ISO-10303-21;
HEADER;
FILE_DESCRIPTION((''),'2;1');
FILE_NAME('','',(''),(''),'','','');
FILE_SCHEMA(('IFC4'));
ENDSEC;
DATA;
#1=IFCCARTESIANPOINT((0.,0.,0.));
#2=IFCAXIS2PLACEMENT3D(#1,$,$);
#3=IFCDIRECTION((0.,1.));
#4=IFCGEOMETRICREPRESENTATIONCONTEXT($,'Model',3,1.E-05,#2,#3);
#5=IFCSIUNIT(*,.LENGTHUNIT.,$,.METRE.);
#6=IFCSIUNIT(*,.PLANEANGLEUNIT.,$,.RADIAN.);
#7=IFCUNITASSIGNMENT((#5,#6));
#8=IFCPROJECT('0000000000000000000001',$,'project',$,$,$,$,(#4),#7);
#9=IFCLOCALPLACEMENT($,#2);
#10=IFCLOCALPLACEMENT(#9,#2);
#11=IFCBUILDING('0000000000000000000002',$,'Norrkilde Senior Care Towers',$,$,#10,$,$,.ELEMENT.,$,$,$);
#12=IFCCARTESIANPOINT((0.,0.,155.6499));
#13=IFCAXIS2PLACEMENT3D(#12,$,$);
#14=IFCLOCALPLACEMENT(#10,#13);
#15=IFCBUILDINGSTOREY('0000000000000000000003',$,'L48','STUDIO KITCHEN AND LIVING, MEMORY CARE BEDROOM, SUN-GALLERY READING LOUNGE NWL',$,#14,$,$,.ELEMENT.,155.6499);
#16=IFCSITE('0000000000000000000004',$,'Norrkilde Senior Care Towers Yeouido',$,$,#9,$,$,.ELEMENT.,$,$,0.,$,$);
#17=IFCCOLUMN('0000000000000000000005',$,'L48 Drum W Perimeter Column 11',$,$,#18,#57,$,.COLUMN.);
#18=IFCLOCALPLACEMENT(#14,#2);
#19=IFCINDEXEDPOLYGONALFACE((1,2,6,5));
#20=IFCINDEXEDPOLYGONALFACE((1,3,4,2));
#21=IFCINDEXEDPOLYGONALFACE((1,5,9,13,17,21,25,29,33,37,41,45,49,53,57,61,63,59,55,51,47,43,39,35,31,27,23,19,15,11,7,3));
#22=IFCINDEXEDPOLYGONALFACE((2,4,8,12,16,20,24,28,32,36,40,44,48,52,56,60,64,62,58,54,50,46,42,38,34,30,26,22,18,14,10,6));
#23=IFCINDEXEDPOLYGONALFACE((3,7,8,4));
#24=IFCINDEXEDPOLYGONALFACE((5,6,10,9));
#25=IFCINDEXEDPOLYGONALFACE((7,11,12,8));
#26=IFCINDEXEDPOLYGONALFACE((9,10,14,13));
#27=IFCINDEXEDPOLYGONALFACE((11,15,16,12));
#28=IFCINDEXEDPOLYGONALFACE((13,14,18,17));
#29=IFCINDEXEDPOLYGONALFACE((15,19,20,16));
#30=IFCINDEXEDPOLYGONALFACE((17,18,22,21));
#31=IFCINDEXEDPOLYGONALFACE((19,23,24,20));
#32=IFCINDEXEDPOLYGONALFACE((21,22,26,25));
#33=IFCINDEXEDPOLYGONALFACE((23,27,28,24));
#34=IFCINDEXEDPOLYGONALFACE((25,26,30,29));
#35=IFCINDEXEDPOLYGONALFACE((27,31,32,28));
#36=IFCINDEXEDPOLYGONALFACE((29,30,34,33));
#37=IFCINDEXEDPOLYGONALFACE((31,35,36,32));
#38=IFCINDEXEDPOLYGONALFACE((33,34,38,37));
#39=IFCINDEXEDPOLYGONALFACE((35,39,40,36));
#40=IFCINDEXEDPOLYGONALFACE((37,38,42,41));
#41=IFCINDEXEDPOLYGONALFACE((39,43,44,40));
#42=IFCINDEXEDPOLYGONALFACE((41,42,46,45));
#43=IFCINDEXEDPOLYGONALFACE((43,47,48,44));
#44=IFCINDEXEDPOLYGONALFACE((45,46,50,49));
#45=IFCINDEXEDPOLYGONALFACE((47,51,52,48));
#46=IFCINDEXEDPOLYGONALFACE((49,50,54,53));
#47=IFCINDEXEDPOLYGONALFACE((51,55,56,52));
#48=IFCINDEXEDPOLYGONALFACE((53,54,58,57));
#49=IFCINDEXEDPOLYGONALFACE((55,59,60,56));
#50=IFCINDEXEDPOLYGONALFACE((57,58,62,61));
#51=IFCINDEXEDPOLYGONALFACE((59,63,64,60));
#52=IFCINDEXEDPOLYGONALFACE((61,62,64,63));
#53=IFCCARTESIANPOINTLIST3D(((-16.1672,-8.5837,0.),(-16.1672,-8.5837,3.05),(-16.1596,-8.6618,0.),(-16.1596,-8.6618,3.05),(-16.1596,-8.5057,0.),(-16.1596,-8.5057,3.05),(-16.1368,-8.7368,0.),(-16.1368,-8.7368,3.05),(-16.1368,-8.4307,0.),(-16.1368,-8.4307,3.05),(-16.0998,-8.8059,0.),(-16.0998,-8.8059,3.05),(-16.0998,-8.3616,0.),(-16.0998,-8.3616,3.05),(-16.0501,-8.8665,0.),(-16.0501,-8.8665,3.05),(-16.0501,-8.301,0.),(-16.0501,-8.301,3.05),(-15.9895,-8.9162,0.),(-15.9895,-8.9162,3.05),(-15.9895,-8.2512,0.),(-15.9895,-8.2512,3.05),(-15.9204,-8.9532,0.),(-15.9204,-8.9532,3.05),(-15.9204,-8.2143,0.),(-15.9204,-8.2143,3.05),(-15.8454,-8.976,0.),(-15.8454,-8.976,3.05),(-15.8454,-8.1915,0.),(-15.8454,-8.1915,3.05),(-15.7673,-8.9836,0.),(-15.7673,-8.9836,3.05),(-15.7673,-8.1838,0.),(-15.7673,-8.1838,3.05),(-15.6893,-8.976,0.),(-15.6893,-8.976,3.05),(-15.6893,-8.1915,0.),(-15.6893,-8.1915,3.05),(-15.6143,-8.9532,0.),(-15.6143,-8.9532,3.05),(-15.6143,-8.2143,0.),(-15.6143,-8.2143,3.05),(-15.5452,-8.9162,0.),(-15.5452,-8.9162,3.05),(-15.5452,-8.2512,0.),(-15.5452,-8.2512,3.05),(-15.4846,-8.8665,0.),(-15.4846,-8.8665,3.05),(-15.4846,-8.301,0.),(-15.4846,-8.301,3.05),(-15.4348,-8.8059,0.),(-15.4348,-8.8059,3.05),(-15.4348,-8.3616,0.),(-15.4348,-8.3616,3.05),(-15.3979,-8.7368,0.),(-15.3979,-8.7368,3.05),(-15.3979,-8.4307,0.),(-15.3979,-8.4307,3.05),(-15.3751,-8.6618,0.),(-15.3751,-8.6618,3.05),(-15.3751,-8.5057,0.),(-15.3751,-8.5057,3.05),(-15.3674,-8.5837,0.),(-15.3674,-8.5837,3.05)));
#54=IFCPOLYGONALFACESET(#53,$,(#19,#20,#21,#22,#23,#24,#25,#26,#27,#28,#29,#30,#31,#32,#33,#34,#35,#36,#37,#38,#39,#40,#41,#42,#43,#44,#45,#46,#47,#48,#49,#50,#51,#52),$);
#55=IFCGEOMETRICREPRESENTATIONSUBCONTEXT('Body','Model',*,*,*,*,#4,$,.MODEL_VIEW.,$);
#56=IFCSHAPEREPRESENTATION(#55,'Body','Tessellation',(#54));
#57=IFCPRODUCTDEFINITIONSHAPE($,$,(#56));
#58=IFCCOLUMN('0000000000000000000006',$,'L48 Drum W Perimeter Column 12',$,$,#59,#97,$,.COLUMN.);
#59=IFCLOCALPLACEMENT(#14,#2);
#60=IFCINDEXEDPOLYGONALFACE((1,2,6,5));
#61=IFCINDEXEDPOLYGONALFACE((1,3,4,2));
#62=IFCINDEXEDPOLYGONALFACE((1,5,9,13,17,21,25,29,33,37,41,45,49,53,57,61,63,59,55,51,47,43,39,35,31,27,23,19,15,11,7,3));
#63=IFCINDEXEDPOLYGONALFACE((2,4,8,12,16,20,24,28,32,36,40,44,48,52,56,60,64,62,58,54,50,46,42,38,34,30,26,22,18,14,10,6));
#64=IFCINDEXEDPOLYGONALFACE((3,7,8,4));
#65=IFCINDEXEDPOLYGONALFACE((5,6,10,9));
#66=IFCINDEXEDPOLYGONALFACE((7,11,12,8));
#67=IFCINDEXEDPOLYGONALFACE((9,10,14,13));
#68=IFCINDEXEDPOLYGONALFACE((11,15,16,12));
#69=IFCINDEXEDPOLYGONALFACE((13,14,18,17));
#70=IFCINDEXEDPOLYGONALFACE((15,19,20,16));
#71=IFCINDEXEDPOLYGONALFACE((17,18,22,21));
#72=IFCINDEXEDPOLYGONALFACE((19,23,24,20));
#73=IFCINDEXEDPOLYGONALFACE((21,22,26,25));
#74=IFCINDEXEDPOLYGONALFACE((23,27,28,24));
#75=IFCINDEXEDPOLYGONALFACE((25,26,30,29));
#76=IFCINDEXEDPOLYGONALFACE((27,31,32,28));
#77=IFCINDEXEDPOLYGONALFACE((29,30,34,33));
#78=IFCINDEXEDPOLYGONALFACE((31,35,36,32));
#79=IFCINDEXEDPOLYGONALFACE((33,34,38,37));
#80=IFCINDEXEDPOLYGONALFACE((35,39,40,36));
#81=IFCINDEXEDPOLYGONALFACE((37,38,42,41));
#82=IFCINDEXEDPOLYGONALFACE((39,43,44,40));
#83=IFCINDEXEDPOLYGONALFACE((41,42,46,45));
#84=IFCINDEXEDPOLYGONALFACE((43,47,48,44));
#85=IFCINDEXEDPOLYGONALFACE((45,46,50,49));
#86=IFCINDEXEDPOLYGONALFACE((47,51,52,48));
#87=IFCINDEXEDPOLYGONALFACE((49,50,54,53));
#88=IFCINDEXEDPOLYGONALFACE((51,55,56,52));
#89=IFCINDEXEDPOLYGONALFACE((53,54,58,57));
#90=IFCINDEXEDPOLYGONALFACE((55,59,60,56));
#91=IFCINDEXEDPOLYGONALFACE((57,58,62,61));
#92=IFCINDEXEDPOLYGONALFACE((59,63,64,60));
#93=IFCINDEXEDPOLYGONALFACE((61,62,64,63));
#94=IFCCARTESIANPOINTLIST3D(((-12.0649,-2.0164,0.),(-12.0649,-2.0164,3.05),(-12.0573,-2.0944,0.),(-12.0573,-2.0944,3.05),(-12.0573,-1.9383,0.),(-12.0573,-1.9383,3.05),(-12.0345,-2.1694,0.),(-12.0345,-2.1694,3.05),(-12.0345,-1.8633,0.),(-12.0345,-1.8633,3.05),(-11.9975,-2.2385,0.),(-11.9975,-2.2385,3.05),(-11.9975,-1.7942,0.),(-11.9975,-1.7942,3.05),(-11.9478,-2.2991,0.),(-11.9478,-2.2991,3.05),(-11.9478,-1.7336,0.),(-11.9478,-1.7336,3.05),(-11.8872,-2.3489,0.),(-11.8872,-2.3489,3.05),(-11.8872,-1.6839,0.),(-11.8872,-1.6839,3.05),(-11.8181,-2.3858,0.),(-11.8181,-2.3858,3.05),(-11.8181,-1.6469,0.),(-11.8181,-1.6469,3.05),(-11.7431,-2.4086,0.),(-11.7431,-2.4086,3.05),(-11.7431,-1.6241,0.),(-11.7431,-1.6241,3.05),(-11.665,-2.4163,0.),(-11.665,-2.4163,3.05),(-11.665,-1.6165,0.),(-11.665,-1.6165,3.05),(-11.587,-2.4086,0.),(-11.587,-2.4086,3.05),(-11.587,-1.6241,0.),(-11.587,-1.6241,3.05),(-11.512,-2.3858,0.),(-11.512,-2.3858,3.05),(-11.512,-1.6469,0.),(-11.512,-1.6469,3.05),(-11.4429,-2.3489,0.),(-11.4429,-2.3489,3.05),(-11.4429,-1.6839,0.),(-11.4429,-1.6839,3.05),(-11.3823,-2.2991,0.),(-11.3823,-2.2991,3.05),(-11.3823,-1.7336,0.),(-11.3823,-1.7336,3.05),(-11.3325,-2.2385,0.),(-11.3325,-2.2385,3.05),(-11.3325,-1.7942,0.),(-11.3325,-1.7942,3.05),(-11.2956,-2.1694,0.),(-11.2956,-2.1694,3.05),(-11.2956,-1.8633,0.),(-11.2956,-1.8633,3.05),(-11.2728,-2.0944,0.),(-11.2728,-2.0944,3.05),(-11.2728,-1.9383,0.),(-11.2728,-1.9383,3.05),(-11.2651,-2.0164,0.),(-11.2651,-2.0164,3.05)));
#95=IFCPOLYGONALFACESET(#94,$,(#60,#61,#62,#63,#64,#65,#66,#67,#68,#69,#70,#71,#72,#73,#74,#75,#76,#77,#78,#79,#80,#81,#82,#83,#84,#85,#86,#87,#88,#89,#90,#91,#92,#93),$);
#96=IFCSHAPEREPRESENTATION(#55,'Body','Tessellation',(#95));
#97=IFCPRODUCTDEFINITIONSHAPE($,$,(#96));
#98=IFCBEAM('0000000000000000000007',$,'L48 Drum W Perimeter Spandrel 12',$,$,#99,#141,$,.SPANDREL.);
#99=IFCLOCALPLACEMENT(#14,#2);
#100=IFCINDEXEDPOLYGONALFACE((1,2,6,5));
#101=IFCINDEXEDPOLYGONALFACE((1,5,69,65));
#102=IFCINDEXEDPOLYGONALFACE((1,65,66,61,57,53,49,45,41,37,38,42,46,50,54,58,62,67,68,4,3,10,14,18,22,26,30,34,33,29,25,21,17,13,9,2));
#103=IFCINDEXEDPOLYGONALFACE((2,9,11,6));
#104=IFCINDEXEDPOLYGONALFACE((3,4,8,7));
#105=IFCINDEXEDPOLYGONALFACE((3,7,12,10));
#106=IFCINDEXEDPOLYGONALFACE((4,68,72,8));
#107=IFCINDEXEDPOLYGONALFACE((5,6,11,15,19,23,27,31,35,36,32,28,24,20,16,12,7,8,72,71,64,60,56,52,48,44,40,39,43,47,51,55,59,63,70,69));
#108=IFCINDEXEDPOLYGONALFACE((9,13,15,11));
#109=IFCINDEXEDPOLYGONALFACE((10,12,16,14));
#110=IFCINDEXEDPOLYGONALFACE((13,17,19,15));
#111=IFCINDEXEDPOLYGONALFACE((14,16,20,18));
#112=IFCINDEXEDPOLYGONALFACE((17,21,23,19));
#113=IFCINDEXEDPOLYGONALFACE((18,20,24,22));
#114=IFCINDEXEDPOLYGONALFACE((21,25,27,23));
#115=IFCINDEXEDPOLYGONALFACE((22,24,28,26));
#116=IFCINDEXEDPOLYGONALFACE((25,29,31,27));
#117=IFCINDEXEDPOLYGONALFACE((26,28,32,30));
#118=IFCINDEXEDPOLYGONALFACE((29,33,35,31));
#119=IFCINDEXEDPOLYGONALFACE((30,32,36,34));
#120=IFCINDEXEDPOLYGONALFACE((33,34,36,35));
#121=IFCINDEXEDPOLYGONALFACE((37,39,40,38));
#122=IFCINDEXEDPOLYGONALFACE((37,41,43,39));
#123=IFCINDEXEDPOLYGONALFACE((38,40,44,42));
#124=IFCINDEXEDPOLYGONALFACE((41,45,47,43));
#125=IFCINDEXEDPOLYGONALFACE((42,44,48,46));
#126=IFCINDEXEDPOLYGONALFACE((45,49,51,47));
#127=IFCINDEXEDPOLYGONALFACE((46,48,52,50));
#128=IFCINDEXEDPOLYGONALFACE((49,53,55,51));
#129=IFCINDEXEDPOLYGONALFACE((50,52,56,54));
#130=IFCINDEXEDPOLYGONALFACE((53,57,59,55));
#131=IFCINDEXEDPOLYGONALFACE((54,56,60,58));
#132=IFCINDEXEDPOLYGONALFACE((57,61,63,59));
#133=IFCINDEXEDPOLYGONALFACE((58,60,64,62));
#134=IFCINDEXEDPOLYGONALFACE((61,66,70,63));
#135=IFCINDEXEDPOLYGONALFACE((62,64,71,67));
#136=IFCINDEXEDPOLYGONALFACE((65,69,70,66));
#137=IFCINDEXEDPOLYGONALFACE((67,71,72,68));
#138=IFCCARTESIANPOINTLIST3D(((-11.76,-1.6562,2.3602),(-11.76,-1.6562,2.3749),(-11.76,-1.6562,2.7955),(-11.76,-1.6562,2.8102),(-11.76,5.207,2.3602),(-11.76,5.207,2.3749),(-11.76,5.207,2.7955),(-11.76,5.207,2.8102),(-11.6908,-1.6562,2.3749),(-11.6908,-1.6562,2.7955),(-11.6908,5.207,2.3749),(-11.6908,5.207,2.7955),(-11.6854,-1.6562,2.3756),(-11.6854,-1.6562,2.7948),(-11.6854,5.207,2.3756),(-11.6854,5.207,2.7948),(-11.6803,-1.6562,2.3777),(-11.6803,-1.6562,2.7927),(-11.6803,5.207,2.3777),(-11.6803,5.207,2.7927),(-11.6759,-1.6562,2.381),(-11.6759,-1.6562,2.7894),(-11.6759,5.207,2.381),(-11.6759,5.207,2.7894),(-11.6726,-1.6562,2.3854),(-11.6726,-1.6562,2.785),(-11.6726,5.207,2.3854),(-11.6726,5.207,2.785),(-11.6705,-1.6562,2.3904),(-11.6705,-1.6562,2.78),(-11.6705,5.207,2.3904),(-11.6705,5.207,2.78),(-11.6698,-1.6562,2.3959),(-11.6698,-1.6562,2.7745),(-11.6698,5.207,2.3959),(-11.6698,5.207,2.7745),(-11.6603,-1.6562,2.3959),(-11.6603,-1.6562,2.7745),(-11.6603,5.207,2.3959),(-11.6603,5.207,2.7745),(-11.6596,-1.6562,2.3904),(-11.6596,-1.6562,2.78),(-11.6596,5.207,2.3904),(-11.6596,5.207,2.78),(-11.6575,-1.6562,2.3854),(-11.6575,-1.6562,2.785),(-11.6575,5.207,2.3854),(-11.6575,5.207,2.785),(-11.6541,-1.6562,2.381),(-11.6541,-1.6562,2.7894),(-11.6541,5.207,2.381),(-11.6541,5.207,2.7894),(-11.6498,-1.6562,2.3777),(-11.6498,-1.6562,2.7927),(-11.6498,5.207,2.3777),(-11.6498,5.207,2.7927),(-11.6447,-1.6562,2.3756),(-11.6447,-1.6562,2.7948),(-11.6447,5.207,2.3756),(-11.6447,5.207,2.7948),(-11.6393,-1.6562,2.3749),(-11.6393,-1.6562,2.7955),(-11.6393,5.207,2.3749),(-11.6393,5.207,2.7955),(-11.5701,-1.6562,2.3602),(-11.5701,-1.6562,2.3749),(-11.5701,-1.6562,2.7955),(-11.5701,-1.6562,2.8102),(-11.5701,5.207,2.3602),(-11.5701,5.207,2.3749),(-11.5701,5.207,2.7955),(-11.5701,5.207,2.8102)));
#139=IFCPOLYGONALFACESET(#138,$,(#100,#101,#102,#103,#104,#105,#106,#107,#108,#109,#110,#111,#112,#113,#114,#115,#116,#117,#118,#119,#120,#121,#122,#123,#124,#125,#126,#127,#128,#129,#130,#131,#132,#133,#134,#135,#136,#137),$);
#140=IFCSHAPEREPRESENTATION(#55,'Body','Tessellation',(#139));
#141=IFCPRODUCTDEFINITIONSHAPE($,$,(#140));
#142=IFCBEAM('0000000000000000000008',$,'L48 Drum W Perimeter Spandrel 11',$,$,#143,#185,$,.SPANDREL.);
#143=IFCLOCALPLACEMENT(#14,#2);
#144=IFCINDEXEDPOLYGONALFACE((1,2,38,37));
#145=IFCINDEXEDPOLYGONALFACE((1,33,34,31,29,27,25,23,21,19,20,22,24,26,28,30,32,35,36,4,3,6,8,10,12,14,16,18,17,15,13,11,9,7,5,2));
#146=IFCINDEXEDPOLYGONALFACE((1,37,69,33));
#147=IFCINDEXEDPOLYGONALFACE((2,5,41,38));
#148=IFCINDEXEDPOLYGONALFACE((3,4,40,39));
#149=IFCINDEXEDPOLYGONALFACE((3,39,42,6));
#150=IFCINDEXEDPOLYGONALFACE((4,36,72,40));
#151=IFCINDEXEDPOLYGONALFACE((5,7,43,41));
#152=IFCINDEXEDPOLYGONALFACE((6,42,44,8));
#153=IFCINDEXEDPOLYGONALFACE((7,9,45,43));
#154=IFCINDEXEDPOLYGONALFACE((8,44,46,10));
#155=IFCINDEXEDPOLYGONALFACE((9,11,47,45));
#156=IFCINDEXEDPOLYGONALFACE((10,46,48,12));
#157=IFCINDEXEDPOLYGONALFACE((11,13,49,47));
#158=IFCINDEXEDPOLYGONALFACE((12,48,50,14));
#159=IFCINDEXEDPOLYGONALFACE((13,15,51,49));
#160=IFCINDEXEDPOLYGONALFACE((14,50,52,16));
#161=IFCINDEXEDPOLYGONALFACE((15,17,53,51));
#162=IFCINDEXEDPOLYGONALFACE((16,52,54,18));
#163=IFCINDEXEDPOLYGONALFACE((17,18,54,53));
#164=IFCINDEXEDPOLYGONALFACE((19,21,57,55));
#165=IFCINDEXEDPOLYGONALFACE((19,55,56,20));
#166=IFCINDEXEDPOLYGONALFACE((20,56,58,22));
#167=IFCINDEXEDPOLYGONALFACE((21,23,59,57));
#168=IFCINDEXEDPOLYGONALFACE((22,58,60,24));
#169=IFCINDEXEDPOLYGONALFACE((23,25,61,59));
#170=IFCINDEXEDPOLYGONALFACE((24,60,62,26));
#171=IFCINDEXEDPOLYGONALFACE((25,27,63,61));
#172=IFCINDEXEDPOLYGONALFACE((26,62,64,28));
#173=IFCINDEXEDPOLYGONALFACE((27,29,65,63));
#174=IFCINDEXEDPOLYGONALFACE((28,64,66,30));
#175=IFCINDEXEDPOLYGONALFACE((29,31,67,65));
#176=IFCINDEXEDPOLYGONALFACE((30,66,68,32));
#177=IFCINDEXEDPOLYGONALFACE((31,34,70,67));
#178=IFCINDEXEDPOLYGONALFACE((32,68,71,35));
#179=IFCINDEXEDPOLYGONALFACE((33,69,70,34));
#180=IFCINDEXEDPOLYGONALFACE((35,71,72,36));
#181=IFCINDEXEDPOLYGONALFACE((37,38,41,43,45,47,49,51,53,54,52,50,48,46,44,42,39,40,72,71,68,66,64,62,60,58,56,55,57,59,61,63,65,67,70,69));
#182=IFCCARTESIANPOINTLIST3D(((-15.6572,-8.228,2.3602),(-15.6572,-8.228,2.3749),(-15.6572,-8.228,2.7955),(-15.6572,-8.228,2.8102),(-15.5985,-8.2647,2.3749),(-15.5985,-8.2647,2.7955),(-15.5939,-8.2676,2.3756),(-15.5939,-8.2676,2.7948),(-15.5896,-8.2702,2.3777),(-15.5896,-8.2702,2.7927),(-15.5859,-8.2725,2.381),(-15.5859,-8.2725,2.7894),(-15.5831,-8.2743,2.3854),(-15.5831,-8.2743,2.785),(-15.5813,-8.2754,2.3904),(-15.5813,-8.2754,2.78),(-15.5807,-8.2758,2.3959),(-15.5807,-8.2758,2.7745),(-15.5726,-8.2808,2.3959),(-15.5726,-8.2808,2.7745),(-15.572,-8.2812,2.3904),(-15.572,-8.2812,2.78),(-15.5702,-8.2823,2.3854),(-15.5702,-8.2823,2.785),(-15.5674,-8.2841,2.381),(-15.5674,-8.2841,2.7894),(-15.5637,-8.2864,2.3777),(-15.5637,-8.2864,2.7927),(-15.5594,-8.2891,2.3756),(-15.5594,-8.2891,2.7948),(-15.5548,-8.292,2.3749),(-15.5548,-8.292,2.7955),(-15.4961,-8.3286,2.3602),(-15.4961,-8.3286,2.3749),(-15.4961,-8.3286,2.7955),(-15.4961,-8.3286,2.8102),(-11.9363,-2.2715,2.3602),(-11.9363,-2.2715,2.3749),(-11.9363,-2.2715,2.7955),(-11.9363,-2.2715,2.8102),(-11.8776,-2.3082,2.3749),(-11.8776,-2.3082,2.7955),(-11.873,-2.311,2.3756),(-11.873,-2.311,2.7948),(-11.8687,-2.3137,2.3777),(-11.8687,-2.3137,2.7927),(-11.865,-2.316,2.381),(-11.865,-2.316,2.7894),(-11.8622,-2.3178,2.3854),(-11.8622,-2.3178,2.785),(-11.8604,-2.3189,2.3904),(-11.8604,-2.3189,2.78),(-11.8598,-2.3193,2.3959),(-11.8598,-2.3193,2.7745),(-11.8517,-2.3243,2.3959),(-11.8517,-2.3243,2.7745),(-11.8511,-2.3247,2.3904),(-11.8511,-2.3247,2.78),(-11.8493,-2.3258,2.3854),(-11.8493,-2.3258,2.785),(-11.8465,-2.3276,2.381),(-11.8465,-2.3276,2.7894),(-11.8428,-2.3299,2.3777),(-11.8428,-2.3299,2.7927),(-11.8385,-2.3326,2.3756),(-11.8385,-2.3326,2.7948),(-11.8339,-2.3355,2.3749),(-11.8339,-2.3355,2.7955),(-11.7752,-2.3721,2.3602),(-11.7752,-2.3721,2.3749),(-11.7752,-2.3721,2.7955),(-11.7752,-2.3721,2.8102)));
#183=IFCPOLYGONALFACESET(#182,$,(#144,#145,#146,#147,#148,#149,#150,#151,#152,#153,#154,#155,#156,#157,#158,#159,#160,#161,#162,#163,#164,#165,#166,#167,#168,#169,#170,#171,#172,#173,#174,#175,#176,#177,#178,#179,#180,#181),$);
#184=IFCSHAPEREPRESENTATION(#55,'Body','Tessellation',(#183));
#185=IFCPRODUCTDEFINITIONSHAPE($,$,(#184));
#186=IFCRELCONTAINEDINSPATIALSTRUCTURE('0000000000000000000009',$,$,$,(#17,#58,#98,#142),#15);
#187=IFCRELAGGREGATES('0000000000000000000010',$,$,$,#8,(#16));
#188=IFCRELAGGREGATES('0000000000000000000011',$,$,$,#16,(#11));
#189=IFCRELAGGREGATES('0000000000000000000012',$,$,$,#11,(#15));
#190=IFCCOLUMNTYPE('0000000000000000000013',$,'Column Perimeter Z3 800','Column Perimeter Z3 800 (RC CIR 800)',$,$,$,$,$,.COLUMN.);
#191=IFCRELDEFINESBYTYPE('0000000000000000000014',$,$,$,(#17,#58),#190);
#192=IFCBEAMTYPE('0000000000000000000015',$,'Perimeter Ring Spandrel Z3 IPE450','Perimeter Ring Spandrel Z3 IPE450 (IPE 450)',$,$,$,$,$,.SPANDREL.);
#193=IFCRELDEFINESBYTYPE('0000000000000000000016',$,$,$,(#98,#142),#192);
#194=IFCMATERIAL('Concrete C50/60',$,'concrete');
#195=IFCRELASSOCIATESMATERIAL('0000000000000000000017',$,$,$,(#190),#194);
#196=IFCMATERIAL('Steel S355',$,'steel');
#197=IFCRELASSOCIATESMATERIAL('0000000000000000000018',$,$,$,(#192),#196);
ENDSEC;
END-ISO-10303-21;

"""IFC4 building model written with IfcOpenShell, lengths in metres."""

from ifc_helpers import new_model, si_unit, direction, frame, origin, origin_2d, place, context, subcontext, project, spatial, circle, i_section, extrude, source, transform, mapped, material, material_profile, profile_set, type_object, type_shapes, element, save


model = new_model("IFC4")

# Units and contexts
model_context = context("Model", 3, precision=1e-05, world=origin(), true_north=direction((0.0, 1.0)))
body_context = subcontext(model_context, "Body", "Model", "MODEL_VIEW")
ifc_project = project(units=[si_unit("LENGTHUNIT", "METRE"), si_unit("PLANEANGLEUNIT", "RADIAN")], contexts=[model_context])

# Site, building, storey
site_placement = place(None, origin())
site = spatial("IfcSite", under=ifc_project, at=site_placement, Name="Norrkilde Senior Care Towers Yeouido", CompositionType="ELEMENT", RefElevation=0.0)
building_placement = place(site_placement, origin())
building = spatial("IfcBuilding", under=site, at=building_placement, Name="Norrkilde Senior Care Towers", CompositionType="ELEMENT")
storey_placement = place(building_placement, frame((0.0, 0.0, 155.6499)))
storey = spatial("IfcBuildingStorey", under=building, at=storey_placement, Name="L48", Description="STUDIO KITCHEN AND LIVING, MEMORY CARE BEDROOM, SUN-GALLERY READING LOUNGE NWL", CompositionType="ELEMENT", Elevation=155.6499)

# Columns
ifc_material_1 = material(Name="Concrete C50/60", Category="concrete")
ifc_material_profile_1 = material_profile(ifc_material_1, circle(Radius=0.3999, at=origin_2d()), Name="RC CIR 800")
ifc_profile_set_1 = profile_set([ifc_material_profile_1], Name="Concrete C50/60")
column_type = type_object("IfcColumnType", Name="Column Perimeter Z3 800", Description="Column Perimeter Z3 800 (RC CIR 800)", PredefinedType="COLUMN", material=ifc_profile_set_1)
shared_shape_1 = source(origin(), body_context, "Body", "SweptSolid", [
    extrude(circle(Radius=0.3999, at=origin_2d()), origin(), (0.0, 0.0, 1.0), 3.05),
])
type_shapes(column_type, [shared_shape_1])
for number, where, z_axis, x_axis, name in (
    (1, (-15.7673, -8.5837, 0.0), (0.0, 0.0, 1.0), (1.0, 0.0, 0.0), "L48 Drum W Perimeter Column 11"),
    (2, (-11.665, -2.0164, 0.0), (0.0, 0.0, 1.0), (1.0, 0.0, 0.0), "L48 Drum W Perimeter Column 12"),
):
    element("IfcColumn", number, at=place(storey_placement, frame(where, z_axis=z_axis, x_axis=x_axis)), inside=storey, type_object=column_type, Name=name, PredefinedType="COLUMN", context=body_context, shape_type="MappedRepresentation", body=[
        mapped(shared_shape_1, transform((0.0, 0.0, 0.0), x_axis=(1.0, 0.0, 0.0), y_axis=(0.0, 1.0, 0.0), z_axis=(0.0, 0.0, 1.0), scale=1.0)),
    ])

# Beams
ifc_material_2 = material(Name="Steel S355", Category="steel")
ifc_material_profile_2 = material_profile(ifc_material_2, i_section(OverallWidth=0.1899, OverallDepth=0.45, WebThickness=0.0095, FlangeThickness=0.0146, FilletRadius=0.021, at=origin_2d()), Name="IPE 450")
ifc_profile_set_2 = profile_set([ifc_material_profile_2], Name="Steel S355")
beam_type_1 = type_object("IfcBeamType", Name="Perimeter Ring Spandrel Z3 IPE450", Description="Perimeter Ring Spandrel Z3 IPE450 (IPE 450)", PredefinedType="SPANDREL", material=ifc_profile_set_2)
shared_shape_2 = source(origin(), body_context, "Body", "SweptSolid", [
    extrude(i_section(OverallWidth=0.1899, OverallDepth=0.45, WebThickness=0.0095, FlangeThickness=0.0146, FilletRadius=0.021, at=origin_2d()), origin(), (0.0, 0.0, 1.0), 6.8633),
])
beam_1_placement = place(storey_placement, frame((-11.665, -1.6562, 2.5852), z_axis=(0.0, 1.0, 0.0), x_axis=(-1.0, 0.0, 0.0)))
element("IfcBeam", 3, at=beam_1_placement, inside=storey, type_object=beam_type_1, Name="L48 Drum W Perimeter Spandrel 12", PredefinedType="SPANDREL", context=body_context, shape_type="MappedRepresentation", body=[
    mapped(shared_shape_2, transform((0.0, 0.0, 0.0), x_axis=(1.0, 0.0, 0.0), y_axis=(0.0, 1.0, 0.0), z_axis=(0.0, 0.0, 1.0), scale=1.0)),
])
shared_shape_3 = source(origin(), body_context, "Body", "SweptSolid", [
    extrude(i_section(OverallWidth=0.1899, OverallDepth=0.45, WebThickness=0.0095, FlangeThickness=0.0146, FilletRadius=0.021, at=origin_2d()), origin(), (0.0, 0.0, 1.0), 7.0232),
])
type_shapes(beam_type_1, [shared_shape_2, shared_shape_3])
beam_2_placement = place(storey_placement, frame((-15.5767, -8.2783, 2.5852), z_axis=(0.529805, 0.848119, 0.0), x_axis=(-0.848119, 0.529805, 0.0)))
element("IfcBeam", 4, at=beam_2_placement, inside=storey, type_object=beam_type_1, Name="L48 Drum W Perimeter Spandrel 11", PredefinedType="SPANDREL", context=body_context, shape_type="MappedRepresentation", body=[
    mapped(shared_shape_3, transform((0.0, 0.0, 0.0), x_axis=(1.0, 0.0, 0.0), y_axis=(0.0, 1.0, 0.0), z_axis=(0.0, 0.0, 1.0), scale=1.0)),
])

save(model, "model.ifc")
